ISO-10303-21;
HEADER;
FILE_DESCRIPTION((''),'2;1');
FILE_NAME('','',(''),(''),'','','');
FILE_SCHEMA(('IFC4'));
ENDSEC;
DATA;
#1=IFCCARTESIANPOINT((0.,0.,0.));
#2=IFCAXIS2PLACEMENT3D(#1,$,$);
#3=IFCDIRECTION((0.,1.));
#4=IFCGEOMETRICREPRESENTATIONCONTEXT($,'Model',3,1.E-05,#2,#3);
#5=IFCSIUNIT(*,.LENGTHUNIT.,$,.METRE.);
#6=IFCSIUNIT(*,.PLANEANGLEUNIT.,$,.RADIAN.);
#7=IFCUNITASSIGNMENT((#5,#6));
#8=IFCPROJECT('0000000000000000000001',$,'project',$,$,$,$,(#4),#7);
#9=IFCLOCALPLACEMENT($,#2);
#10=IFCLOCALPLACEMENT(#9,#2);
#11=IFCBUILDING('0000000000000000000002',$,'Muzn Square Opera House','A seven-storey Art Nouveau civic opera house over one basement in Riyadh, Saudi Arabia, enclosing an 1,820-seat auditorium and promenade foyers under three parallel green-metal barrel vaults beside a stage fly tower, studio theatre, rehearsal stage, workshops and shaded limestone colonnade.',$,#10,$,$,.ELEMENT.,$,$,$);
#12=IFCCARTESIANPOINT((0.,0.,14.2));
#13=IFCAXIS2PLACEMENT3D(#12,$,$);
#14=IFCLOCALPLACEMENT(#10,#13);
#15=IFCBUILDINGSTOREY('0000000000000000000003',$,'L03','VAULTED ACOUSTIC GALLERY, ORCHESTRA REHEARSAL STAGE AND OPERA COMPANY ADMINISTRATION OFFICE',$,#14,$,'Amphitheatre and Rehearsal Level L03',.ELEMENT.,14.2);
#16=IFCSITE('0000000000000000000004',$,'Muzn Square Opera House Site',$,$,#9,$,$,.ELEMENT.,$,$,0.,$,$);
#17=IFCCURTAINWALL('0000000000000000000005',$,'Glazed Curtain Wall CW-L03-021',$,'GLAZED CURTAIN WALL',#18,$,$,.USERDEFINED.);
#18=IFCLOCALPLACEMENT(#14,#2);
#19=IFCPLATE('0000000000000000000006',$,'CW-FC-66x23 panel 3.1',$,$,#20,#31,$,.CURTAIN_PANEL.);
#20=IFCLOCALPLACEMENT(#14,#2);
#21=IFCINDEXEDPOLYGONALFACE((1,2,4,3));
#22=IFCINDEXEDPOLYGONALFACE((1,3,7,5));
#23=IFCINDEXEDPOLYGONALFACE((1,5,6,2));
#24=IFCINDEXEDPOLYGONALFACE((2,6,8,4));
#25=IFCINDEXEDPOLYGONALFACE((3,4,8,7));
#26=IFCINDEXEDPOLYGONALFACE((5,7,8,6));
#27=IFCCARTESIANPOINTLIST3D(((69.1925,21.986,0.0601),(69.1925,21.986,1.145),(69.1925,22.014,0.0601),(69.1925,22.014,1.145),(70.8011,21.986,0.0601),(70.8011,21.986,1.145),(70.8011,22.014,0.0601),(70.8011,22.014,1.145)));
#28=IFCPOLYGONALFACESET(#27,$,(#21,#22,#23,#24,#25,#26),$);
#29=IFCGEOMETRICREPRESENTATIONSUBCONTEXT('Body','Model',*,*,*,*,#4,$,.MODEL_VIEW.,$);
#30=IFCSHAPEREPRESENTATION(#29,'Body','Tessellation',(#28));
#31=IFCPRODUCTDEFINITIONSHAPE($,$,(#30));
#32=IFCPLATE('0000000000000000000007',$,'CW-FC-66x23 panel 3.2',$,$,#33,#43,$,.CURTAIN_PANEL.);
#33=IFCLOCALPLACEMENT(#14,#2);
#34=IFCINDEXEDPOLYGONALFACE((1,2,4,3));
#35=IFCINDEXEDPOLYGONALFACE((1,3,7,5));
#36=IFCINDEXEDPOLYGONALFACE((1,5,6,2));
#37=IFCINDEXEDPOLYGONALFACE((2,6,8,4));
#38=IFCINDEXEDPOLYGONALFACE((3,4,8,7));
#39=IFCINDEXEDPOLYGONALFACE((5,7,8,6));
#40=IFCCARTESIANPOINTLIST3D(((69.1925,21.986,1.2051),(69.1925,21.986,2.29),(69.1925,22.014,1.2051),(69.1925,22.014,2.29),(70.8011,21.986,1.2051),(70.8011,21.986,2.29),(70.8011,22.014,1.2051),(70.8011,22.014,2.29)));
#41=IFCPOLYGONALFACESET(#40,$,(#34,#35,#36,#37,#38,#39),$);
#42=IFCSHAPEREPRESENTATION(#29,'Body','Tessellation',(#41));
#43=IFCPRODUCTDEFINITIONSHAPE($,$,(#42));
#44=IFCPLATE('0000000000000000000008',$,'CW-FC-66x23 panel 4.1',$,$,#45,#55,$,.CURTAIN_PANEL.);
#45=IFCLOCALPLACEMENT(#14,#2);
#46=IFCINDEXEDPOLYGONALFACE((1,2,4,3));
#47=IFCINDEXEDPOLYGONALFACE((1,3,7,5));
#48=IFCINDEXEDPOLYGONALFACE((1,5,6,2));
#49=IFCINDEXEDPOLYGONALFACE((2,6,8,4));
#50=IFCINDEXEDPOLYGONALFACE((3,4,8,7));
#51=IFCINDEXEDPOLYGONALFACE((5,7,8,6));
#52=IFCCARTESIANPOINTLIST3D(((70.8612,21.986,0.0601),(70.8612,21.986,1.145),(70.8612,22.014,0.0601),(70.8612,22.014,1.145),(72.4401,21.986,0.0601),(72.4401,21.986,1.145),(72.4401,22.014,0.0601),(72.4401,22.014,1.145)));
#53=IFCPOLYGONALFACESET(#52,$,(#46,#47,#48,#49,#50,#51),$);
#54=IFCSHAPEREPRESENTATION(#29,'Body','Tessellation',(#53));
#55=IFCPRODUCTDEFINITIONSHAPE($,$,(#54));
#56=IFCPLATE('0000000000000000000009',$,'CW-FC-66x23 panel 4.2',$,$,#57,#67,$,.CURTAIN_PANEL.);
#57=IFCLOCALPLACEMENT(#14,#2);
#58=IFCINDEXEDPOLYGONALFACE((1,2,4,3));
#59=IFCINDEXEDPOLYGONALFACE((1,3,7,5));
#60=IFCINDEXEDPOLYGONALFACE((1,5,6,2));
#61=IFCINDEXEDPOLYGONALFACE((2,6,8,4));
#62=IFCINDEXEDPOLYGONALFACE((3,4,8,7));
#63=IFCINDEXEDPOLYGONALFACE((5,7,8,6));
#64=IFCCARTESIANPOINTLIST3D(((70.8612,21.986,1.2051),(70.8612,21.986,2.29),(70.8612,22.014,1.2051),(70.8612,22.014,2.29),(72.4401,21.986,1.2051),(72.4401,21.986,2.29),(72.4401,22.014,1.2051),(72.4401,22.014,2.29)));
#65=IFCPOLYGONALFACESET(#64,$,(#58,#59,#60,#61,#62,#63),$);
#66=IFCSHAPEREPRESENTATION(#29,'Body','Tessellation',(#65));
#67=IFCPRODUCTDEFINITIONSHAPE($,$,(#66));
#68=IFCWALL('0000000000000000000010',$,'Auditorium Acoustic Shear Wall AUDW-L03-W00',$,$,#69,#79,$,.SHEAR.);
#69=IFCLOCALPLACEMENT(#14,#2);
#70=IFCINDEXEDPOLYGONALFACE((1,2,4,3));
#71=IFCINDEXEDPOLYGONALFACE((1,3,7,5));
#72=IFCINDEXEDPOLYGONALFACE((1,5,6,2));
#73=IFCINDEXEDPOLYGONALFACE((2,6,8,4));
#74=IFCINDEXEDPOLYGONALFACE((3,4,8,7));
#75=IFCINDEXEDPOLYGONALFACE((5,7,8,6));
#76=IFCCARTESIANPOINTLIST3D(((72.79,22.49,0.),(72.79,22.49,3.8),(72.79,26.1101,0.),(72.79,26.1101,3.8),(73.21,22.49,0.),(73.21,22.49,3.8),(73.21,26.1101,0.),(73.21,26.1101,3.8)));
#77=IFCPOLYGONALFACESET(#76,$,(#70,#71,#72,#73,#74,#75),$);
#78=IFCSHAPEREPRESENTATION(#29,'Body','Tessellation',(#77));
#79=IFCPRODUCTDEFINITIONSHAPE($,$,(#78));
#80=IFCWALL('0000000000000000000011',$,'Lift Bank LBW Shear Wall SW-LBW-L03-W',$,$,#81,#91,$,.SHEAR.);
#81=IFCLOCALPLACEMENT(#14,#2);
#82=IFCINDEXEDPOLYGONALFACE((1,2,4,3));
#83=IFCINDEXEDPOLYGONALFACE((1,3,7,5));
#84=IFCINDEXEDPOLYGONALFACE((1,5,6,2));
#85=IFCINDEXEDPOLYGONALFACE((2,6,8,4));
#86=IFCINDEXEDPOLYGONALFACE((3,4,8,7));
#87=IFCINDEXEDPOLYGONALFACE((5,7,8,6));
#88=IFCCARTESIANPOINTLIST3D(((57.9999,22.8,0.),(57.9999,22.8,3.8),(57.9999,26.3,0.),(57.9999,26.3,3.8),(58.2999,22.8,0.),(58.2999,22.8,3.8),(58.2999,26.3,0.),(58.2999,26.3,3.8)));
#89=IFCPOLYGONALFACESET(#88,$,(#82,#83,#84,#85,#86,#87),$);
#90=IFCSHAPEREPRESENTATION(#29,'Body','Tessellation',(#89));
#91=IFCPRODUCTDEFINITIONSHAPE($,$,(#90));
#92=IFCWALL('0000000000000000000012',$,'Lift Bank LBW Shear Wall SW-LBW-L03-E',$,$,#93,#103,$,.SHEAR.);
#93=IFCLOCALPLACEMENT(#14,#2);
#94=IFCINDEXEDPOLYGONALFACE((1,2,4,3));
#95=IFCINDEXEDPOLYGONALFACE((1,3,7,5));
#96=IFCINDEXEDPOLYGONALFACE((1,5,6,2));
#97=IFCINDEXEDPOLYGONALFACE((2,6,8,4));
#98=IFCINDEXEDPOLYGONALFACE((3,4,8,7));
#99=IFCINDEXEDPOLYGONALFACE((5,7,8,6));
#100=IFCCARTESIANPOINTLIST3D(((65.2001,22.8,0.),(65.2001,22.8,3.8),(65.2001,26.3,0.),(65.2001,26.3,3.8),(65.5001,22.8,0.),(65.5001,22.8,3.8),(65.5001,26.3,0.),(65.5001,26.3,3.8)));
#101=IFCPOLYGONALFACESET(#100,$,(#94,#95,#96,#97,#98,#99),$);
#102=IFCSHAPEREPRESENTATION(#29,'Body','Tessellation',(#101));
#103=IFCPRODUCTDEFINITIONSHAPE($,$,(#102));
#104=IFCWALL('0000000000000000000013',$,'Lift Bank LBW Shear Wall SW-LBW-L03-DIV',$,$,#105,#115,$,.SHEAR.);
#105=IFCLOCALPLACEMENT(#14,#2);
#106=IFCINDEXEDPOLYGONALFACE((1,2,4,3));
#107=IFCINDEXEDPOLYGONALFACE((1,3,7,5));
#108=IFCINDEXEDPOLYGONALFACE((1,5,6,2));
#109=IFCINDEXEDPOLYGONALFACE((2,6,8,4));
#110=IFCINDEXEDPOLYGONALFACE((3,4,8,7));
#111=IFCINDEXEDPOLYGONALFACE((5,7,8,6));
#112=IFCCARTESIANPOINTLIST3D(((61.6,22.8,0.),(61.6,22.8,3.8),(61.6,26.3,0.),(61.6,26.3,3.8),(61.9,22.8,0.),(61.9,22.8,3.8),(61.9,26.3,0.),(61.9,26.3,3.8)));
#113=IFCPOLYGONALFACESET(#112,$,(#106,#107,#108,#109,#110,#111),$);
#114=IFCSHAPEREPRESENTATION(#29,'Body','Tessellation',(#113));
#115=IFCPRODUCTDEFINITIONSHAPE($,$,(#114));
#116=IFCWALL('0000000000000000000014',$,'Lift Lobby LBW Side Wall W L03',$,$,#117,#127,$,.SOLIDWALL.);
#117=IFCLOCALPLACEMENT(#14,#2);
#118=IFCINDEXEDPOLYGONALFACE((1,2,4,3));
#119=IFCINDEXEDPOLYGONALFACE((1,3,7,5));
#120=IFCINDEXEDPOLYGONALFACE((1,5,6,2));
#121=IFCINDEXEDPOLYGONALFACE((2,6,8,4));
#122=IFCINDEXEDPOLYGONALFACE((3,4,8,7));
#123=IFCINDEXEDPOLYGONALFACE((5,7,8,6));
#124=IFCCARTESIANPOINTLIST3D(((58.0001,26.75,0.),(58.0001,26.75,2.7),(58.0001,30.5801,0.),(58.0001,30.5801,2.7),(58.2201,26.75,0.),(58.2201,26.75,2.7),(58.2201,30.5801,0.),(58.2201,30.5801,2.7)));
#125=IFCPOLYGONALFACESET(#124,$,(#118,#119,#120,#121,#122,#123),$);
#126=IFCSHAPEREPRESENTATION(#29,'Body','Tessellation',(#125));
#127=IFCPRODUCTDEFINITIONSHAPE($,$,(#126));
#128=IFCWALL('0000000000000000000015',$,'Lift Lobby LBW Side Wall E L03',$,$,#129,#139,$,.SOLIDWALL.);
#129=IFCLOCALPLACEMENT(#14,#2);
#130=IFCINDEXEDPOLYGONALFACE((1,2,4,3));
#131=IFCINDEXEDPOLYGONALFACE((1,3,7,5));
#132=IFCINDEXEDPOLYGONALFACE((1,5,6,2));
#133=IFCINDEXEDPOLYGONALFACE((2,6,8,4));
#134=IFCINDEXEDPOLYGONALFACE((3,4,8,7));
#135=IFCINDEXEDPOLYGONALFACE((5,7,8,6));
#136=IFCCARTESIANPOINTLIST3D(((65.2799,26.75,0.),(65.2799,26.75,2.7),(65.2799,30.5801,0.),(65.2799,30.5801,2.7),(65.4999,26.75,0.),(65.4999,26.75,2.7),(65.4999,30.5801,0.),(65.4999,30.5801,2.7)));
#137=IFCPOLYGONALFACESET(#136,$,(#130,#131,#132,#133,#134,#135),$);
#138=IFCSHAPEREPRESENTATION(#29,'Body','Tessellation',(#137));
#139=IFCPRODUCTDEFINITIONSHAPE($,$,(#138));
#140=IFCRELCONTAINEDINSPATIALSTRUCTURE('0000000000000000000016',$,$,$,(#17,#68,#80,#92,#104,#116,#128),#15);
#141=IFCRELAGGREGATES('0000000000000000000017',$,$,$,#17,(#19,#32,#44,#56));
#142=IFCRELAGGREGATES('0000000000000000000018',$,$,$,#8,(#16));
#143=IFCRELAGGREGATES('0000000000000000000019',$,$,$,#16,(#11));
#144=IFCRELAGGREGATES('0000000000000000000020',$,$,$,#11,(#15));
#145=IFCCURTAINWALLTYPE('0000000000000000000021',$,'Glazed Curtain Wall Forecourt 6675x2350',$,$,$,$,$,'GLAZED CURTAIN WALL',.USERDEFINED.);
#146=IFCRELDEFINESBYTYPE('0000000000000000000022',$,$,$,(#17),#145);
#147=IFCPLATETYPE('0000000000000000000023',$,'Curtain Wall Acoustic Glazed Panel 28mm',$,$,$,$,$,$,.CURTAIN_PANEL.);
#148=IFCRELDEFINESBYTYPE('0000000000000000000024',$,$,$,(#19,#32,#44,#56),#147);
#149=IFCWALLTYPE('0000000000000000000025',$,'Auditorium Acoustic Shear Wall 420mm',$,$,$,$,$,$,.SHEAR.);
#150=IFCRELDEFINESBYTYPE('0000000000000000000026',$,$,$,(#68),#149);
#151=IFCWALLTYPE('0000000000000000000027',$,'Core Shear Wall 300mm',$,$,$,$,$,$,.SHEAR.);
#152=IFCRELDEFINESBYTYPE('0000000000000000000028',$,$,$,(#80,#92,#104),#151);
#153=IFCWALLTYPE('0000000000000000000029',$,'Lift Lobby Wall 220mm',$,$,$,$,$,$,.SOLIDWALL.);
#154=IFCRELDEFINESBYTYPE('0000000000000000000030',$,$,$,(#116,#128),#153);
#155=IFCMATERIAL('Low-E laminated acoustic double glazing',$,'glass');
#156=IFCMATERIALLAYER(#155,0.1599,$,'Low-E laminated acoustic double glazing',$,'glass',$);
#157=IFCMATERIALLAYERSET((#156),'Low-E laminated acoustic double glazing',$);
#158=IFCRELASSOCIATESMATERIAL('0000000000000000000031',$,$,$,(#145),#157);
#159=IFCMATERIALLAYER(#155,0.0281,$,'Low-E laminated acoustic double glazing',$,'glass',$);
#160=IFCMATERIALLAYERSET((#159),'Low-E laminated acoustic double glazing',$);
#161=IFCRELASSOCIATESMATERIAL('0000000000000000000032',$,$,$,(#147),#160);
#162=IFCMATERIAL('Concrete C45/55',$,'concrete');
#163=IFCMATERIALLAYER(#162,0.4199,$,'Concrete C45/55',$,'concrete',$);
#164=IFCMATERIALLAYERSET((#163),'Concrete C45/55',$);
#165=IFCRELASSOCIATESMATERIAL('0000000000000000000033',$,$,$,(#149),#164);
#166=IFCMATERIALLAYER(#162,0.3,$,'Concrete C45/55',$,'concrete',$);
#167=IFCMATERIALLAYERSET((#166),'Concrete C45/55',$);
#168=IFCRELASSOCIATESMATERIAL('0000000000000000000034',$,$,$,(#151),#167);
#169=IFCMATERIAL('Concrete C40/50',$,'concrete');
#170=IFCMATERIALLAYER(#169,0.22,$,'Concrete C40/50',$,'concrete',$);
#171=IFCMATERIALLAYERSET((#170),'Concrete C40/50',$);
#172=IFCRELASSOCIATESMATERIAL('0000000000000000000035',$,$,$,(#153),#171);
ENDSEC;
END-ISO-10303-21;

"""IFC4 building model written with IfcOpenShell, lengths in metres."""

from ifc_helpers import new_model, si_unit, direction, frame, frame_2d, origin, origin_2d, place, context, subcontext, project, spatial, rectangle, extrude, material, layer, layer_set, type_object, element, aggregate, save


model = new_model("IFC4")

# Units and contexts
model_context = context("Model", 3, precision=1e-05, world=origin(), true_north=direction((0.0, 1.0)))
body_context = subcontext(model_context, "Body", "Model", "MODEL_VIEW")
ifc_project = project(units=[si_unit("LENGTHUNIT", "METRE"), si_unit("PLANEANGLEUNIT", "RADIAN")], contexts=[model_context])

# Site, building, storey
site_placement = place(None, origin())
site = spatial("IfcSite", under=ifc_project, at=site_placement, Name="Muzn Square Opera House Site", CompositionType="ELEMENT", RefElevation=0.0)
building_placement = place(site_placement, origin())
building = spatial("IfcBuilding", under=site, at=building_placement, Name="Muzn Square Opera House", Description="A seven-storey Art Nouveau civic opera house over one basement in Riyadh, Saudi Arabia, enclosing an 1,820-seat auditorium and promenade foyers under three parallel green-metal barrel vaults beside a stage fly tower, studio theatre, rehearsal stage, workshops and shaded limestone colonnade.", CompositionType="ELEMENT")
storey_placement = place(building_placement, frame((0.0, 0.0, 14.2)))
storey = spatial("IfcBuildingStorey", under=building, at=storey_placement, Name="L03", Description="VAULTED ACOUSTIC GALLERY, ORCHESTRA REHEARSAL STAGE AND OPERA COMPANY ADMINISTRATION OFFICE", LongName="Amphitheatre and Rehearsal Level L03", CompositionType="ELEMENT", Elevation=14.2)

# Shared definitions
ifc_material_1 = material(Name="Concrete C45/55", Category="concrete")

# Curtain wall
ifc_material_2 = material(Name="Low-E laminated acoustic double glazing", Category="glass")
ifc_layer_1 = layer(ifc_material_2, 0.1599, Name="Low-E laminated acoustic double glazing", Category="glass")
ifc_layer_set_1 = layer_set([ifc_layer_1], Name="Low-E laminated acoustic double glazing")
curtain_wall_type = type_object("IfcCurtainWallType", Name="Glazed Curtain Wall Forecourt 6675x2350", ElementType="GLAZED CURTAIN WALL", PredefinedType="USERDEFINED", material=ifc_layer_set_1)
curtain_wall_placement = place(storey_placement, origin())
curtain_wall = element("IfcCurtainWall", 1, at=curtain_wall_placement, inside=storey, type_object=curtain_wall_type, Name="Glazed Curtain Wall CW-L03-021", ObjectType="GLAZED CURTAIN WALL", PredefinedType="USERDEFINED")

# Shared definitions
ifc_material_3 = material(Name="Concrete C40/50", Category="concrete")

# Plates
ifc_layer_2 = layer(ifc_material_2, 0.0281, Name="Low-E laminated acoustic double glazing", Category="glass")
ifc_layer_set_2 = layer_set([ifc_layer_2], Name="Low-E laminated acoustic double glazing")
plate_type = type_object("IfcPlateType", Name="Curtain Wall Acoustic Glazed Panel 28mm", PredefinedType="CURTAIN_PANEL", material=ifc_layer_set_2)
plate_1_placement = place(storey_placement, frame((69.9968, 22.0, 0.0601), z_axis=(0.0, 0.0, 1.0), x_axis=(1.0, 0.0, 0.0)))
plate_1 = element("IfcPlate", 2, at=plate_1_placement, type_object=plate_type, Name="CW-FC-66x23 panel 3.1", PredefinedType="CURTAIN_PANEL", context=body_context, shape_type="SweptSolid", body=[
    extrude(rectangle(XDim=1.6086, YDim=0.0281, at=origin_2d()), origin(), (0.0, 0.0, 1.0), 1.085),
])
plate_2_placement = place(storey_placement, frame((69.9968, 22.0, 1.2051), z_axis=(0.0, 0.0, 1.0), x_axis=(1.0, 0.0, 0.0)))
plate_2 = element("IfcPlate", 3, at=plate_2_placement, type_object=plate_type, Name="CW-FC-66x23 panel 3.2", PredefinedType="CURTAIN_PANEL", context=body_context, shape_type="SweptSolid", body=[
    extrude(rectangle(XDim=1.6086, YDim=0.0281, at=origin_2d()), origin(), (0.0, 0.0, 1.0), 1.085),
])
plate_3_placement = place(storey_placement, frame((71.6506, 22.0, 0.0601), z_axis=(0.0, 0.0, 1.0), x_axis=(1.0, 0.0, 0.0)))
plate_3 = element("IfcPlate", 4, at=plate_3_placement, type_object=plate_type, Name="CW-FC-66x23 panel 4.1", PredefinedType="CURTAIN_PANEL", context=body_context, shape_type="SweptSolid", body=[
    extrude(rectangle(XDim=1.5789, YDim=0.0281, at=origin_2d()), origin(), (0.0, 0.0, 1.0), 1.085),
])
plate_4_placement = place(storey_placement, frame((71.6506, 22.0, 1.2051), z_axis=(0.0, 0.0, 1.0), x_axis=(1.0, 0.0, 0.0)))
plate_4 = element("IfcPlate", 5, at=plate_4_placement, type_object=plate_type, Name="CW-FC-66x23 panel 4.2", PredefinedType="CURTAIN_PANEL", context=body_context, shape_type="SweptSolid", body=[
    extrude(rectangle(XDim=1.5789, YDim=0.0281, at=origin_2d()), origin(), (0.0, 0.0, 1.0), 1.085),
])
aggregate(curtain_wall, [plate_1, plate_2, plate_3, plate_4])

# Walls
ifc_layer_3 = layer(ifc_material_1, 0.4199, Name="Concrete C45/55", Category="concrete")
ifc_layer_set_3 = layer_set([ifc_layer_3], Name="Concrete C45/55")
wall_type_1 = type_object("IfcWallType", Name="Auditorium Acoustic Shear Wall 420mm", PredefinedType="SHEAR", material=ifc_layer_set_3)
wall_placement = place(storey_placement, frame((73.0, 22.49, 0.0), z_axis=(0.0, 0.0, 1.0), x_axis=(0.0, 1.0, 0.0)))
element("IfcWall", 6, at=wall_placement, inside=storey, type_object=wall_type_1, Name="Auditorium Acoustic Shear Wall AUDW-L03-W00", PredefinedType="SHEAR", context=body_context, shape_type="SweptSolid", body=[
    extrude(rectangle(XDim=3.6201, YDim=0.4199, at=frame_2d((1.8101, 0.0))), origin(), (0.0, 0.0, 1.0), 3.8),
])
ifc_layer_4 = layer(ifc_material_1, 0.3, Name="Concrete C45/55", Category="concrete")
ifc_layer_set_4 = layer_set([ifc_layer_4], Name="Concrete C45/55")
wall_type_2 = type_object("IfcWallType", Name="Core Shear Wall 300mm", PredefinedType="SHEAR", material=ifc_layer_set_4)
for number, where, z_axis, x_axis, name in (
    (7, (58.1499, 22.8, 0.0), (0.0, 0.0, 1.0), (0.0, 1.0, 0.0), "Lift Bank LBW Shear Wall SW-LBW-L03-W"),
    (8, (65.3501, 22.8, 0.0), (0.0, 0.0, 1.0), (0.0, 1.0, 0.0), "Lift Bank LBW Shear Wall SW-LBW-L03-E"),
    (9, (61.75, 22.8, 0.0), (0.0, 0.0, 1.0), (0.0, 1.0, 0.0), "Lift Bank LBW Shear Wall SW-LBW-L03-DIV"),
):
    element("IfcWall", number, at=place(storey_placement, frame(where, z_axis=z_axis, x_axis=x_axis)), inside=storey, type_object=wall_type_2, Name=name, PredefinedType="SHEAR", context=body_context, shape_type="SweptSolid", body=[
        extrude(rectangle(XDim=3.5, YDim=0.3, at=frame_2d((1.75, 0.0))), origin(), (0.0, 0.0, 1.0), 3.8),
    ])
ifc_layer_5 = layer(ifc_material_3, 0.22, Name="Concrete C40/50", Category="concrete")
ifc_layer_set_5 = layer_set([ifc_layer_5], Name="Concrete C40/50")
wall_type_3 = type_object("IfcWallType", Name="Lift Lobby Wall 220mm", PredefinedType="SOLIDWALL", material=ifc_layer_set_5)
for number, where, z_axis, x_axis, name in (
    (10, (58.1101, 26.75, 0.0), (0.0, 0.0, 1.0), (0.0, 1.0, 0.0), "Lift Lobby LBW Side Wall W L03"),
    (11, (65.3899, 26.75, 0.0), (0.0, 0.0, 1.0), (0.0, 1.0, 0.0), "Lift Lobby LBW Side Wall E L03"),
):
    element("IfcWall", number, at=place(storey_placement, frame(where, z_axis=z_axis, x_axis=x_axis)), inside=storey, type_object=wall_type_3, Name=name, PredefinedType="SOLIDWALL", context=body_context, shape_type="SweptSolid", body=[
        extrude(rectangle(XDim=3.8301, YDim=0.22, at=frame_2d((1.915, 0.0))), origin(), (0.0, 0.0, 1.0), 2.7),
    ])

save(model, "model.ifc")
